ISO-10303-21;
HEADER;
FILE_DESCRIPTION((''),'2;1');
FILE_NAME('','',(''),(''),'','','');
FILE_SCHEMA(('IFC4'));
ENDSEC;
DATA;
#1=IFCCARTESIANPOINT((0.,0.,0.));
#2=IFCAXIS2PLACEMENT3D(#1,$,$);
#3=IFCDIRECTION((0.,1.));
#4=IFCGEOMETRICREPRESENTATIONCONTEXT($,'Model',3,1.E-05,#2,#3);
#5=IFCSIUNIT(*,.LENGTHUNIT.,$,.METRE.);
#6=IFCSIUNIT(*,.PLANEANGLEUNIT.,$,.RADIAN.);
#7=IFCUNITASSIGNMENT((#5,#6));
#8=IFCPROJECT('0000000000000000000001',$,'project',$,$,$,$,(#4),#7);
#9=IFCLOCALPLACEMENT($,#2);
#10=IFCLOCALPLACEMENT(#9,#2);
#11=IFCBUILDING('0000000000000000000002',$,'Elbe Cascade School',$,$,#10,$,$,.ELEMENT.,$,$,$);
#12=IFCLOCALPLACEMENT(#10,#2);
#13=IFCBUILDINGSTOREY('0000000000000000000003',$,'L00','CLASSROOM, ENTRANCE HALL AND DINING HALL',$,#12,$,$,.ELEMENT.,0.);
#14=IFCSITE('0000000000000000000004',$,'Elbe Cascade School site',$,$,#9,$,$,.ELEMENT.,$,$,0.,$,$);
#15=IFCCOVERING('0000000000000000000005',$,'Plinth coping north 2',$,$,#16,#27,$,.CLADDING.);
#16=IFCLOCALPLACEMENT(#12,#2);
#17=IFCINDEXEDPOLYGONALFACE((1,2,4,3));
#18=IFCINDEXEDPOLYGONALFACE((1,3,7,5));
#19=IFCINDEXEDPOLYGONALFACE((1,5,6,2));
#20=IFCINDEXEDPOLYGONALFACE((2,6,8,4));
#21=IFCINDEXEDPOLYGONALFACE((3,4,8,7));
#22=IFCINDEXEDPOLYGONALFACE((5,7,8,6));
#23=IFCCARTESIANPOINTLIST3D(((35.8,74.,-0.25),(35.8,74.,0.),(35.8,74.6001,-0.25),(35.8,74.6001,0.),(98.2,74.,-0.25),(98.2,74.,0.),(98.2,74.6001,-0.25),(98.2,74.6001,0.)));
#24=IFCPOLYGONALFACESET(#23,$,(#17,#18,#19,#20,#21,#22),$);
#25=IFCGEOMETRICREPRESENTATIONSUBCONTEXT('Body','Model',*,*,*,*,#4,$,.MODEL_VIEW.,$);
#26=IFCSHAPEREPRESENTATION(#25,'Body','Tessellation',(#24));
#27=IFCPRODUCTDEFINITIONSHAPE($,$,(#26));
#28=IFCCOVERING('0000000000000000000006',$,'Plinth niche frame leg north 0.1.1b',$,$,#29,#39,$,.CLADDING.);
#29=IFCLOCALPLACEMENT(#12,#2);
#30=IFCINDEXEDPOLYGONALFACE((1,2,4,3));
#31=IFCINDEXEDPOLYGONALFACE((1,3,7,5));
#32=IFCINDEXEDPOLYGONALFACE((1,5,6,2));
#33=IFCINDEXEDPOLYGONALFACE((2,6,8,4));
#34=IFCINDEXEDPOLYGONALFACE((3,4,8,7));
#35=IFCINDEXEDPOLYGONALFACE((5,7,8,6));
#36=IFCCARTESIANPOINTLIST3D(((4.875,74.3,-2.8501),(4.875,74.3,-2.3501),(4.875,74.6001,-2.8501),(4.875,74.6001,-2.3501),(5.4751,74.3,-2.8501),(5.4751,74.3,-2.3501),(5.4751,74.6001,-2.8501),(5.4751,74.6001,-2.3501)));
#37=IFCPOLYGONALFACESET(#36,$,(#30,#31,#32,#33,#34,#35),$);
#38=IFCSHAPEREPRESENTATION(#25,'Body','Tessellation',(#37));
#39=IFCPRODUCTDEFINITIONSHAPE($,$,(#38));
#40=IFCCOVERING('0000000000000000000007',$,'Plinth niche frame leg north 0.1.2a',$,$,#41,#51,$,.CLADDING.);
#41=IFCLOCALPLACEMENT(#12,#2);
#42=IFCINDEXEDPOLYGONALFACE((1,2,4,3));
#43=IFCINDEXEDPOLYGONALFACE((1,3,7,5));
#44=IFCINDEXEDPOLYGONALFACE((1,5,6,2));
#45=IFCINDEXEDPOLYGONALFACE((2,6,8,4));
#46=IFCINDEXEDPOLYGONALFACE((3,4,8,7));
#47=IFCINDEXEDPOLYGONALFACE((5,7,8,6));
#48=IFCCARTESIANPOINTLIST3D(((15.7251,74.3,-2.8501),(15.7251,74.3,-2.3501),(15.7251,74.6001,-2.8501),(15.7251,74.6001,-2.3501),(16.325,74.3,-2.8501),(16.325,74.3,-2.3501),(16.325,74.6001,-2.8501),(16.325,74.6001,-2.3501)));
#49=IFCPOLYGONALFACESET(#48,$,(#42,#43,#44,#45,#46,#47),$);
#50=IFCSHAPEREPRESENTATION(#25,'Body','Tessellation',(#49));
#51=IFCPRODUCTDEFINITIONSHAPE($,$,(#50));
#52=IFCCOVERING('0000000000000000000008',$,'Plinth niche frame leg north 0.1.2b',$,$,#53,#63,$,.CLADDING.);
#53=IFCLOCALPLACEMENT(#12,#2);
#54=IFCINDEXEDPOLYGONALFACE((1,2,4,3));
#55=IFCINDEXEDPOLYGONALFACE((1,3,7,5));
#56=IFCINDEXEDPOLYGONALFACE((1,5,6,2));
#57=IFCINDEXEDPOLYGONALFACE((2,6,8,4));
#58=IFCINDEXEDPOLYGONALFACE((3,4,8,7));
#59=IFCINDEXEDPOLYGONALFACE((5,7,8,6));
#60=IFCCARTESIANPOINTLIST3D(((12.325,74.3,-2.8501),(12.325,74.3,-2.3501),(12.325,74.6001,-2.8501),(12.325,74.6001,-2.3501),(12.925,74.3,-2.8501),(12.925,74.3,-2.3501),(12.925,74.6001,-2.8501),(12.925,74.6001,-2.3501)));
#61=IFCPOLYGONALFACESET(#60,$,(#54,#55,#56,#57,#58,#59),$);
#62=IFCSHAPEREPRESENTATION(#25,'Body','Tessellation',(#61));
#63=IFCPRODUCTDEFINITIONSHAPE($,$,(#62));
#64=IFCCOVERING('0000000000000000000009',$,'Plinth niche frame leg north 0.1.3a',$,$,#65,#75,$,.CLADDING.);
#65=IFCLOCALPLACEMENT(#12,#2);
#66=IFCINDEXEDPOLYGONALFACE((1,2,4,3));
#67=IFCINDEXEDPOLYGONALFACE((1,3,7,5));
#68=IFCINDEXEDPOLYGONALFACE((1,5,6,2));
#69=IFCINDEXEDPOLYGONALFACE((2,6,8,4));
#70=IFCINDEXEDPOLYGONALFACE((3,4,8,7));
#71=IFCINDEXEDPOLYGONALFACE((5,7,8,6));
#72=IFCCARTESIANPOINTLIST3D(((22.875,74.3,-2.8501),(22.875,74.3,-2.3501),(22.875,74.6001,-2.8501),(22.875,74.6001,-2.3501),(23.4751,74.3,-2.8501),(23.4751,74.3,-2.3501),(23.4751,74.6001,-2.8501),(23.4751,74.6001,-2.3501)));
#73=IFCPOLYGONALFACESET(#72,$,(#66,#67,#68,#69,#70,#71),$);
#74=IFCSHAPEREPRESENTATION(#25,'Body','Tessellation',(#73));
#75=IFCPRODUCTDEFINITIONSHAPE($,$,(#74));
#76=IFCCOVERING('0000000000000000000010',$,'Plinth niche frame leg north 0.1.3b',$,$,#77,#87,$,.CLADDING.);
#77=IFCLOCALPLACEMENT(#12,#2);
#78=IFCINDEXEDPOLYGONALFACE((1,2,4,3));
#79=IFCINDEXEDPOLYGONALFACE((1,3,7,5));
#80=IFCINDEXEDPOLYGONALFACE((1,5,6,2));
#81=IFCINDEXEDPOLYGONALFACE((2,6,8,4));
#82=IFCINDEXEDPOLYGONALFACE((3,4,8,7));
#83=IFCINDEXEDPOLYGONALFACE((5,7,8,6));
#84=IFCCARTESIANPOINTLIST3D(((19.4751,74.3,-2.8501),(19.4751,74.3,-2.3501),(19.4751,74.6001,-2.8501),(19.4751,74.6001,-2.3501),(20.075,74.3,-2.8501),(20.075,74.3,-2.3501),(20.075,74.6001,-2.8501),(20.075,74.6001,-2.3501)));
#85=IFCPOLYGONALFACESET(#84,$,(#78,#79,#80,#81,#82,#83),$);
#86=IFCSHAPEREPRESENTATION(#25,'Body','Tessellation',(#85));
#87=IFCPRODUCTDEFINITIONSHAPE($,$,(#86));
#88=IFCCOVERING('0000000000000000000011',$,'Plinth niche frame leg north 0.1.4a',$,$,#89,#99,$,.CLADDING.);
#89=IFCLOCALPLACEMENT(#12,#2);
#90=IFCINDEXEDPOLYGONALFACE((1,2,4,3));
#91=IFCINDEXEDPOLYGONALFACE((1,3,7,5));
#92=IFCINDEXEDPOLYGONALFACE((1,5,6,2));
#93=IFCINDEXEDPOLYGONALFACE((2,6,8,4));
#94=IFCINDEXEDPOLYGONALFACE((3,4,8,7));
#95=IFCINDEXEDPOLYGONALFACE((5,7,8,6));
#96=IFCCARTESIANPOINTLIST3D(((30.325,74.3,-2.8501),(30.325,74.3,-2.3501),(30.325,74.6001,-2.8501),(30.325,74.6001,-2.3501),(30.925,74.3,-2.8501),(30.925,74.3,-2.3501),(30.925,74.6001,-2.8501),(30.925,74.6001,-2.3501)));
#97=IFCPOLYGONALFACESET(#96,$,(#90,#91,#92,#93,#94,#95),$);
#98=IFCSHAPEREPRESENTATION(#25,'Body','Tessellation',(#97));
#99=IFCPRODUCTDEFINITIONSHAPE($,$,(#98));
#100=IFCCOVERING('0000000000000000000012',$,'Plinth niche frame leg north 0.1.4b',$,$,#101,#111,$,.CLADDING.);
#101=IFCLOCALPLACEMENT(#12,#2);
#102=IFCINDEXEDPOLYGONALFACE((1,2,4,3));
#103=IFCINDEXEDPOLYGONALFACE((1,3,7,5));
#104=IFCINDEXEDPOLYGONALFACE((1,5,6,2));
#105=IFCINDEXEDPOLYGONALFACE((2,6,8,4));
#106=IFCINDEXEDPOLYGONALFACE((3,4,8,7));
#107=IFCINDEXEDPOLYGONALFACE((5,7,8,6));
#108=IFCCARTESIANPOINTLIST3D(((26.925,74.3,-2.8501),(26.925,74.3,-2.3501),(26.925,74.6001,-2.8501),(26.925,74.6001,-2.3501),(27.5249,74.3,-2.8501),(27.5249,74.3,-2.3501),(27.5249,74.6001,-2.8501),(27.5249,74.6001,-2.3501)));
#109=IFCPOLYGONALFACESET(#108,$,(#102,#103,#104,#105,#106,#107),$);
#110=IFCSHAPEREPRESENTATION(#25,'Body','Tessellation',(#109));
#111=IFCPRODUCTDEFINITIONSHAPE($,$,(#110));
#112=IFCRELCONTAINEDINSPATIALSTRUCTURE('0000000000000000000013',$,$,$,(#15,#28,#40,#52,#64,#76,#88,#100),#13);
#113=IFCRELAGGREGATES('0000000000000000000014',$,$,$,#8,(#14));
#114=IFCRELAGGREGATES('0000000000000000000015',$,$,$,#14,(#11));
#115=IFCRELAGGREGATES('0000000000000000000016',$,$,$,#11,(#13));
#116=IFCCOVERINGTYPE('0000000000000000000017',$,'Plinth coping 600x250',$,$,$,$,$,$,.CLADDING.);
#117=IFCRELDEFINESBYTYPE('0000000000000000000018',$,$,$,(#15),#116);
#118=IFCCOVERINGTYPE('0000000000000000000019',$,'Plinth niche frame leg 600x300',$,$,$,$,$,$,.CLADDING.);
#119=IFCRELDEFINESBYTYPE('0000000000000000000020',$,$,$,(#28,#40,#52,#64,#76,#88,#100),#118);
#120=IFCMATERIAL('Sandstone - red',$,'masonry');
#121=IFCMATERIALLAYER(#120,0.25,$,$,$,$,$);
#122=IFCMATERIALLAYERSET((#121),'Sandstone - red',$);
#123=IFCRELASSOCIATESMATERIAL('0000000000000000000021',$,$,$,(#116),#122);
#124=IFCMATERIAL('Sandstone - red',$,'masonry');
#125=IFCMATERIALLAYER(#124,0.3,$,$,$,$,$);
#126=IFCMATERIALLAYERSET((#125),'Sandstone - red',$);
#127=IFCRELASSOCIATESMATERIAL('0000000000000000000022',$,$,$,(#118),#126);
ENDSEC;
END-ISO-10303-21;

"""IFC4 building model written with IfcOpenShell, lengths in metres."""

from ifc_helpers import new_model, si_unit, direction, frame, origin, place, context, subcontext, project, spatial, polyline, outline, extrude, material, layer, layer_set, type_object, element, save


model = new_model("IFC4")

# Units and contexts
model_context = context("Model", 3, precision=1e-05, world=origin(), true_north=direction((0.0, 1.0)))
body_context = subcontext(model_context, "Body", "Model", "MODEL_VIEW")
ifc_project = project(units=[si_unit("LENGTHUNIT", "METRE"), si_unit("PLANEANGLEUNIT", "RADIAN")], contexts=[model_context])

# Site, building, storey
site_placement = place(None, origin())
site = spatial("IfcSite", under=ifc_project, at=site_placement, Name="Elbe Cascade School site", CompositionType="ELEMENT", RefElevation=0.0)
building_placement = place(site_placement, origin())
building = spatial("IfcBuilding", under=site, at=building_placement, Name="Elbe Cascade School", CompositionType="ELEMENT")
storey_placement = place(building_placement, origin())
storey = spatial("IfcBuildingStorey", under=building, at=storey_placement, Name="L00", Description="CLASSROOM, ENTRANCE HALL AND DINING HALL", CompositionType="ELEMENT", Elevation=0.0)

# Coverings
ifc_material_1 = material(Name="Sandstone - red", Category="masonry")
ifc_layer_1 = layer(ifc_material_1, 0.25)
ifc_layer_set_1 = layer_set([ifc_layer_1], Name="Sandstone - red")
covering_type_1 = type_object("IfcCoveringType", Name="Plinth coping 600x250", PredefinedType="CLADDING", material=ifc_layer_set_1)
covering_1_placement = place(storey_placement, frame((0.0, 0.0, -0.25)))
element("IfcCovering", 1, at=covering_1_placement, inside=storey, type_object=covering_type_1, Name="Plinth coping north 2", PredefinedType="CLADDING", context=body_context, shape_type="SweptSolid", body=[
    extrude(outline(polyline([(35.8, 74.0), (98.2, 74.0), (98.2, 74.6001), (35.8, 74.6001), (35.8, 74.0)])), origin(), (0.0, 0.0, 1.0), 0.25),
])
ifc_material_2 = material(Name="Sandstone - red", Category="masonry")
ifc_layer_2 = layer(ifc_material_2, 0.3)
ifc_layer_set_2 = layer_set([ifc_layer_2], Name="Sandstone - red")
covering_type_2 = type_object("IfcCoveringType", Name="Plinth niche frame leg 600x300", PredefinedType="CLADDING", material=ifc_layer_set_2)
covering_2_placement = place(storey_placement, frame((0.0, 0.0, -2.8501)))
element("IfcCovering", 2, at=covering_2_placement, inside=storey, type_object=covering_type_2, Name="Plinth niche frame leg north 0.1.1b", PredefinedType="CLADDING", context=body_context, shape_type="SweptSolid", body=[
    extrude(outline(polyline([(4.875, 74.3), (5.4751, 74.3), (5.4751, 74.6001), (4.875, 74.6001), (4.875, 74.3)])), origin(), (0.0, 0.0, 1.0), 0.5),
])
covering_3_placement = place(storey_placement, frame((0.0, 0.0, -2.8501)))
element("IfcCovering", 3, at=covering_3_placement, inside=storey, type_object=covering_type_2, Name="Plinth niche frame leg north 0.1.2a", PredefinedType="CLADDING", context=body_context, shape_type="SweptSolid", body=[
    extrude(outline(polyline([(15.7251, 74.3), (16.325, 74.3), (16.325, 74.6001), (15.7251, 74.6001), (15.7251, 74.3)])), origin(), (0.0, 0.0, 1.0), 0.5),
])
covering_4_placement = place(storey_placement, frame((0.0, 0.0, -2.8501)))
element("IfcCovering", 4, at=covering_4_placement, inside=storey, type_object=covering_type_2, Name="Plinth niche frame leg north 0.1.2b", PredefinedType="CLADDING", context=body_context, shape_type="SweptSolid", body=[
    extrude(outline(polyline([(12.325, 74.3), (12.925, 74.3), (12.925, 74.6001), (12.325, 74.6001), (12.325, 74.3)])), origin(), (0.0, 0.0, 1.0), 0.5),
])
covering_5_placement = place(storey_placement, frame((0.0, 0.0, -2.8501)))
element("IfcCovering", 5, at=covering_5_placement, inside=storey, type_object=covering_type_2, Name="Plinth niche frame leg north 0.1.3a", PredefinedType="CLADDING", context=body_context, shape_type="SweptSolid", body=[
    extrude(outline(polyline([(22.875, 74.3), (23.4751, 74.3), (23.4751, 74.6001), (22.875, 74.6001), (22.875, 74.3)])), origin(), (0.0, 0.0, 1.0), 0.5),
])
covering_6_placement = place(storey_placement, frame((0.0, 0.0, -2.8501)))
element("IfcCovering", 6, at=covering_6_placement, inside=storey, type_object=covering_type_2, Name="Plinth niche frame leg north 0.1.3b", PredefinedType="CLADDING", context=body_context, shape_type="SweptSolid", body=[
    extrude(outline(polyline([(19.4751, 74.3), (20.075, 74.3), (20.075, 74.6001), (19.4751, 74.6001), (19.4751, 74.3)])), origin(), (0.0, 0.0, 1.0), 0.5),
])
covering_7_placement = place(storey_placement, frame((0.0, 0.0, -2.8501)))
element("IfcCovering", 7, at=covering_7_placement, inside=storey, type_object=covering_type_2, Name="Plinth niche frame leg north 0.1.4a", PredefinedType="CLADDING", context=body_context, shape_type="SweptSolid", body=[
    extrude(outline(polyline([(30.325, 74.3), (30.925, 74.3), (30.925, 74.6001), (30.325, 74.6001), (30.325, 74.3)])), origin(), (0.0, 0.0, 1.0), 0.5),
])
covering_8_placement = place(storey_placement, frame((0.0, 0.0, -2.8501)))
element("IfcCovering", 8, at=covering_8_placement, inside=storey, type_object=covering_type_2, Name="Plinth niche frame leg north 0.1.4b", PredefinedType="CLADDING", context=body_context, shape_type="SweptSolid", body=[
    extrude(outline(polyline([(26.925, 74.3), (27.5249, 74.3), (27.5249, 74.6001), (26.925, 74.6001), (26.925, 74.3)])), origin(), (0.0, 0.0, 1.0), 0.5),
])

save(model, "model.ifc")
